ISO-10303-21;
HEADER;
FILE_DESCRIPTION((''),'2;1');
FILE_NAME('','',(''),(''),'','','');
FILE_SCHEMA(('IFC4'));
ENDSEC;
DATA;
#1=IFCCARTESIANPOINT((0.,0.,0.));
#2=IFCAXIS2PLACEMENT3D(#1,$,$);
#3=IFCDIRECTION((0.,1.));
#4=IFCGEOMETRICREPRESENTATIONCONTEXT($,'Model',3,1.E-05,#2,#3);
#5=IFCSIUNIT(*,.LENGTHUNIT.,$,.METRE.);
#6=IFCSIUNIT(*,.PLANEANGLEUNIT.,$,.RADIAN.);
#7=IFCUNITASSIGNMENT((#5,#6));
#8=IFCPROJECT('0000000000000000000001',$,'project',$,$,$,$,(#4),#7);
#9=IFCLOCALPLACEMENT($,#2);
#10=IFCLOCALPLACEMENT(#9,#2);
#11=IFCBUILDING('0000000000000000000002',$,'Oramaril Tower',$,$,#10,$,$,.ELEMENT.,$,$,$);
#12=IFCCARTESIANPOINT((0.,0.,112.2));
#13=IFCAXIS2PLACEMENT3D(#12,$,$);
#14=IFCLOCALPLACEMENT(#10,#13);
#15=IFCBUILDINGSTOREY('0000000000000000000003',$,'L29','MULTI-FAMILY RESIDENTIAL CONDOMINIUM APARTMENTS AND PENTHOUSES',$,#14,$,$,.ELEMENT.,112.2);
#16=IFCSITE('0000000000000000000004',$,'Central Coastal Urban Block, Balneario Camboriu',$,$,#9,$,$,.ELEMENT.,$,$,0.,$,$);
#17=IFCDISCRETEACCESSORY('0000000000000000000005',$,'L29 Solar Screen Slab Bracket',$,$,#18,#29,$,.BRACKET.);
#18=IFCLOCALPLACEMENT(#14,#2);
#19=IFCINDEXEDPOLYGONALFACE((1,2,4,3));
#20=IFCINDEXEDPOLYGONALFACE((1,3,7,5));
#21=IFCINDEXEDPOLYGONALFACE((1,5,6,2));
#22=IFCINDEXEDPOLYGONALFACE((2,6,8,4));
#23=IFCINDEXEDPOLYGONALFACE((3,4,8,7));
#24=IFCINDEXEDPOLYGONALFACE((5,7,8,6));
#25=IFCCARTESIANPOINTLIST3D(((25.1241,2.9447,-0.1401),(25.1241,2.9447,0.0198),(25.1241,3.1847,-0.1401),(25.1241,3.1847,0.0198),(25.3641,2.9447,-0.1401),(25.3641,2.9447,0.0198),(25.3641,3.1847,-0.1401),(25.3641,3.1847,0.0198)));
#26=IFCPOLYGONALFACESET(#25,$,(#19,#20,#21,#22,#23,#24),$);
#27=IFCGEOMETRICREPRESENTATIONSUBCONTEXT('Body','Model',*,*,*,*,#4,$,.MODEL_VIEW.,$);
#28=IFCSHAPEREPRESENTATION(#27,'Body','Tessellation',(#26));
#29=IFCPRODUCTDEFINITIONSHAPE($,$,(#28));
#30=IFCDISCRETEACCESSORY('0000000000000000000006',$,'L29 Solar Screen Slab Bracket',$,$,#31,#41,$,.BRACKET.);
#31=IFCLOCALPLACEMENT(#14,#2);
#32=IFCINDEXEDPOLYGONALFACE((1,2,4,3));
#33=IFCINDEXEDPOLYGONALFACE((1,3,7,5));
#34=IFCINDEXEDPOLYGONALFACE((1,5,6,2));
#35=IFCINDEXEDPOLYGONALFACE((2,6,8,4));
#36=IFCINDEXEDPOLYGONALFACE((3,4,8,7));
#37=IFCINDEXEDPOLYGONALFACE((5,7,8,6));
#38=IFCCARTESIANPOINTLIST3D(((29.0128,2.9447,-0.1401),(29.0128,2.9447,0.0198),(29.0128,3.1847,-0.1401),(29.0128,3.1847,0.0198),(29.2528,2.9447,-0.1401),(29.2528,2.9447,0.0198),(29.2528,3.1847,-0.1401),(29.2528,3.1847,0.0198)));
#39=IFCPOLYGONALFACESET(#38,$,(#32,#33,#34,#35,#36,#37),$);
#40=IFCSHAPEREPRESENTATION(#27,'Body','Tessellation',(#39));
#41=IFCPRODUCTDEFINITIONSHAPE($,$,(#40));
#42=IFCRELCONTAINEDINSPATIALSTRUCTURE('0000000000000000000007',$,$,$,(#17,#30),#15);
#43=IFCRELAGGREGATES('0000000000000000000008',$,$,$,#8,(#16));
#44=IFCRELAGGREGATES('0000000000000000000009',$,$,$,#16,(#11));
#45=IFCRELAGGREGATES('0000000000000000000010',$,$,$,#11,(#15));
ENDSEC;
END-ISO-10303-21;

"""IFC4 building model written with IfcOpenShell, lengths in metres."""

from ifc_helpers import new_model, si_unit, direction, frame, origin, origin_2d, place, context, subcontext, project, spatial, rectangle, extrude, element, save


model = new_model("IFC4")

# Units and contexts
model_context = context("Model", 3, precision=1e-05, world=origin(), true_north=direction((0.0, 1.0)))
body_context = subcontext(model_context, "Body", "Model", "MODEL_VIEW")
ifc_project = project(units=[si_unit("LENGTHUNIT", "METRE"), si_unit("PLANEANGLEUNIT", "RADIAN")], contexts=[model_context])

# Site, building, storey
site_placement = place(None, origin())
site = spatial("IfcSite", under=ifc_project, at=site_placement, Name="Central Coastal Urban Block, Balneario Camboriu", CompositionType="ELEMENT", RefElevation=0.0)
building_placement = place(site_placement, origin())
building = spatial("IfcBuilding", under=site, at=building_placement, Name="Oramaril Tower", CompositionType="ELEMENT")
storey_placement = place(building_placement, frame((0.0, 0.0, 112.2)))
storey = spatial("IfcBuildingStorey", under=building, at=storey_placement, Name="L29", Description="MULTI-FAMILY RESIDENTIAL CONDOMINIUM APARTMENTS AND PENTHOUSES", CompositionType="ELEMENT", Elevation=112.2)

# Discrete accessories
for number, where, z_axis, x_axis, name in (
    (1, (25.2441, 3.0647, -0.1401), (0.0, 0.0, 1.0), (1.0, 0.0, 0.0), "L29 Solar Screen Slab Bracket"),
    (2, (29.1328, 3.0647, -0.1401), (0.0, 0.0, 1.0), (1.0, 0.0, 0.0), "L29 Solar Screen Slab Bracket"),
):
    element("IfcDiscreteAccessory", number, at=place(storey_placement, frame(where, z_axis=z_axis, x_axis=x_axis)), inside=storey, Name=name, PredefinedType="BRACKET", context=body_context, shape_type="SweptSolid", body=[
        extrude(rectangle(XDim=0.24, YDim=0.24, at=origin_2d()), origin(), (0.0, 0.0, 1.0), 0.1599),
    ])

save(model, "model.ifc")
